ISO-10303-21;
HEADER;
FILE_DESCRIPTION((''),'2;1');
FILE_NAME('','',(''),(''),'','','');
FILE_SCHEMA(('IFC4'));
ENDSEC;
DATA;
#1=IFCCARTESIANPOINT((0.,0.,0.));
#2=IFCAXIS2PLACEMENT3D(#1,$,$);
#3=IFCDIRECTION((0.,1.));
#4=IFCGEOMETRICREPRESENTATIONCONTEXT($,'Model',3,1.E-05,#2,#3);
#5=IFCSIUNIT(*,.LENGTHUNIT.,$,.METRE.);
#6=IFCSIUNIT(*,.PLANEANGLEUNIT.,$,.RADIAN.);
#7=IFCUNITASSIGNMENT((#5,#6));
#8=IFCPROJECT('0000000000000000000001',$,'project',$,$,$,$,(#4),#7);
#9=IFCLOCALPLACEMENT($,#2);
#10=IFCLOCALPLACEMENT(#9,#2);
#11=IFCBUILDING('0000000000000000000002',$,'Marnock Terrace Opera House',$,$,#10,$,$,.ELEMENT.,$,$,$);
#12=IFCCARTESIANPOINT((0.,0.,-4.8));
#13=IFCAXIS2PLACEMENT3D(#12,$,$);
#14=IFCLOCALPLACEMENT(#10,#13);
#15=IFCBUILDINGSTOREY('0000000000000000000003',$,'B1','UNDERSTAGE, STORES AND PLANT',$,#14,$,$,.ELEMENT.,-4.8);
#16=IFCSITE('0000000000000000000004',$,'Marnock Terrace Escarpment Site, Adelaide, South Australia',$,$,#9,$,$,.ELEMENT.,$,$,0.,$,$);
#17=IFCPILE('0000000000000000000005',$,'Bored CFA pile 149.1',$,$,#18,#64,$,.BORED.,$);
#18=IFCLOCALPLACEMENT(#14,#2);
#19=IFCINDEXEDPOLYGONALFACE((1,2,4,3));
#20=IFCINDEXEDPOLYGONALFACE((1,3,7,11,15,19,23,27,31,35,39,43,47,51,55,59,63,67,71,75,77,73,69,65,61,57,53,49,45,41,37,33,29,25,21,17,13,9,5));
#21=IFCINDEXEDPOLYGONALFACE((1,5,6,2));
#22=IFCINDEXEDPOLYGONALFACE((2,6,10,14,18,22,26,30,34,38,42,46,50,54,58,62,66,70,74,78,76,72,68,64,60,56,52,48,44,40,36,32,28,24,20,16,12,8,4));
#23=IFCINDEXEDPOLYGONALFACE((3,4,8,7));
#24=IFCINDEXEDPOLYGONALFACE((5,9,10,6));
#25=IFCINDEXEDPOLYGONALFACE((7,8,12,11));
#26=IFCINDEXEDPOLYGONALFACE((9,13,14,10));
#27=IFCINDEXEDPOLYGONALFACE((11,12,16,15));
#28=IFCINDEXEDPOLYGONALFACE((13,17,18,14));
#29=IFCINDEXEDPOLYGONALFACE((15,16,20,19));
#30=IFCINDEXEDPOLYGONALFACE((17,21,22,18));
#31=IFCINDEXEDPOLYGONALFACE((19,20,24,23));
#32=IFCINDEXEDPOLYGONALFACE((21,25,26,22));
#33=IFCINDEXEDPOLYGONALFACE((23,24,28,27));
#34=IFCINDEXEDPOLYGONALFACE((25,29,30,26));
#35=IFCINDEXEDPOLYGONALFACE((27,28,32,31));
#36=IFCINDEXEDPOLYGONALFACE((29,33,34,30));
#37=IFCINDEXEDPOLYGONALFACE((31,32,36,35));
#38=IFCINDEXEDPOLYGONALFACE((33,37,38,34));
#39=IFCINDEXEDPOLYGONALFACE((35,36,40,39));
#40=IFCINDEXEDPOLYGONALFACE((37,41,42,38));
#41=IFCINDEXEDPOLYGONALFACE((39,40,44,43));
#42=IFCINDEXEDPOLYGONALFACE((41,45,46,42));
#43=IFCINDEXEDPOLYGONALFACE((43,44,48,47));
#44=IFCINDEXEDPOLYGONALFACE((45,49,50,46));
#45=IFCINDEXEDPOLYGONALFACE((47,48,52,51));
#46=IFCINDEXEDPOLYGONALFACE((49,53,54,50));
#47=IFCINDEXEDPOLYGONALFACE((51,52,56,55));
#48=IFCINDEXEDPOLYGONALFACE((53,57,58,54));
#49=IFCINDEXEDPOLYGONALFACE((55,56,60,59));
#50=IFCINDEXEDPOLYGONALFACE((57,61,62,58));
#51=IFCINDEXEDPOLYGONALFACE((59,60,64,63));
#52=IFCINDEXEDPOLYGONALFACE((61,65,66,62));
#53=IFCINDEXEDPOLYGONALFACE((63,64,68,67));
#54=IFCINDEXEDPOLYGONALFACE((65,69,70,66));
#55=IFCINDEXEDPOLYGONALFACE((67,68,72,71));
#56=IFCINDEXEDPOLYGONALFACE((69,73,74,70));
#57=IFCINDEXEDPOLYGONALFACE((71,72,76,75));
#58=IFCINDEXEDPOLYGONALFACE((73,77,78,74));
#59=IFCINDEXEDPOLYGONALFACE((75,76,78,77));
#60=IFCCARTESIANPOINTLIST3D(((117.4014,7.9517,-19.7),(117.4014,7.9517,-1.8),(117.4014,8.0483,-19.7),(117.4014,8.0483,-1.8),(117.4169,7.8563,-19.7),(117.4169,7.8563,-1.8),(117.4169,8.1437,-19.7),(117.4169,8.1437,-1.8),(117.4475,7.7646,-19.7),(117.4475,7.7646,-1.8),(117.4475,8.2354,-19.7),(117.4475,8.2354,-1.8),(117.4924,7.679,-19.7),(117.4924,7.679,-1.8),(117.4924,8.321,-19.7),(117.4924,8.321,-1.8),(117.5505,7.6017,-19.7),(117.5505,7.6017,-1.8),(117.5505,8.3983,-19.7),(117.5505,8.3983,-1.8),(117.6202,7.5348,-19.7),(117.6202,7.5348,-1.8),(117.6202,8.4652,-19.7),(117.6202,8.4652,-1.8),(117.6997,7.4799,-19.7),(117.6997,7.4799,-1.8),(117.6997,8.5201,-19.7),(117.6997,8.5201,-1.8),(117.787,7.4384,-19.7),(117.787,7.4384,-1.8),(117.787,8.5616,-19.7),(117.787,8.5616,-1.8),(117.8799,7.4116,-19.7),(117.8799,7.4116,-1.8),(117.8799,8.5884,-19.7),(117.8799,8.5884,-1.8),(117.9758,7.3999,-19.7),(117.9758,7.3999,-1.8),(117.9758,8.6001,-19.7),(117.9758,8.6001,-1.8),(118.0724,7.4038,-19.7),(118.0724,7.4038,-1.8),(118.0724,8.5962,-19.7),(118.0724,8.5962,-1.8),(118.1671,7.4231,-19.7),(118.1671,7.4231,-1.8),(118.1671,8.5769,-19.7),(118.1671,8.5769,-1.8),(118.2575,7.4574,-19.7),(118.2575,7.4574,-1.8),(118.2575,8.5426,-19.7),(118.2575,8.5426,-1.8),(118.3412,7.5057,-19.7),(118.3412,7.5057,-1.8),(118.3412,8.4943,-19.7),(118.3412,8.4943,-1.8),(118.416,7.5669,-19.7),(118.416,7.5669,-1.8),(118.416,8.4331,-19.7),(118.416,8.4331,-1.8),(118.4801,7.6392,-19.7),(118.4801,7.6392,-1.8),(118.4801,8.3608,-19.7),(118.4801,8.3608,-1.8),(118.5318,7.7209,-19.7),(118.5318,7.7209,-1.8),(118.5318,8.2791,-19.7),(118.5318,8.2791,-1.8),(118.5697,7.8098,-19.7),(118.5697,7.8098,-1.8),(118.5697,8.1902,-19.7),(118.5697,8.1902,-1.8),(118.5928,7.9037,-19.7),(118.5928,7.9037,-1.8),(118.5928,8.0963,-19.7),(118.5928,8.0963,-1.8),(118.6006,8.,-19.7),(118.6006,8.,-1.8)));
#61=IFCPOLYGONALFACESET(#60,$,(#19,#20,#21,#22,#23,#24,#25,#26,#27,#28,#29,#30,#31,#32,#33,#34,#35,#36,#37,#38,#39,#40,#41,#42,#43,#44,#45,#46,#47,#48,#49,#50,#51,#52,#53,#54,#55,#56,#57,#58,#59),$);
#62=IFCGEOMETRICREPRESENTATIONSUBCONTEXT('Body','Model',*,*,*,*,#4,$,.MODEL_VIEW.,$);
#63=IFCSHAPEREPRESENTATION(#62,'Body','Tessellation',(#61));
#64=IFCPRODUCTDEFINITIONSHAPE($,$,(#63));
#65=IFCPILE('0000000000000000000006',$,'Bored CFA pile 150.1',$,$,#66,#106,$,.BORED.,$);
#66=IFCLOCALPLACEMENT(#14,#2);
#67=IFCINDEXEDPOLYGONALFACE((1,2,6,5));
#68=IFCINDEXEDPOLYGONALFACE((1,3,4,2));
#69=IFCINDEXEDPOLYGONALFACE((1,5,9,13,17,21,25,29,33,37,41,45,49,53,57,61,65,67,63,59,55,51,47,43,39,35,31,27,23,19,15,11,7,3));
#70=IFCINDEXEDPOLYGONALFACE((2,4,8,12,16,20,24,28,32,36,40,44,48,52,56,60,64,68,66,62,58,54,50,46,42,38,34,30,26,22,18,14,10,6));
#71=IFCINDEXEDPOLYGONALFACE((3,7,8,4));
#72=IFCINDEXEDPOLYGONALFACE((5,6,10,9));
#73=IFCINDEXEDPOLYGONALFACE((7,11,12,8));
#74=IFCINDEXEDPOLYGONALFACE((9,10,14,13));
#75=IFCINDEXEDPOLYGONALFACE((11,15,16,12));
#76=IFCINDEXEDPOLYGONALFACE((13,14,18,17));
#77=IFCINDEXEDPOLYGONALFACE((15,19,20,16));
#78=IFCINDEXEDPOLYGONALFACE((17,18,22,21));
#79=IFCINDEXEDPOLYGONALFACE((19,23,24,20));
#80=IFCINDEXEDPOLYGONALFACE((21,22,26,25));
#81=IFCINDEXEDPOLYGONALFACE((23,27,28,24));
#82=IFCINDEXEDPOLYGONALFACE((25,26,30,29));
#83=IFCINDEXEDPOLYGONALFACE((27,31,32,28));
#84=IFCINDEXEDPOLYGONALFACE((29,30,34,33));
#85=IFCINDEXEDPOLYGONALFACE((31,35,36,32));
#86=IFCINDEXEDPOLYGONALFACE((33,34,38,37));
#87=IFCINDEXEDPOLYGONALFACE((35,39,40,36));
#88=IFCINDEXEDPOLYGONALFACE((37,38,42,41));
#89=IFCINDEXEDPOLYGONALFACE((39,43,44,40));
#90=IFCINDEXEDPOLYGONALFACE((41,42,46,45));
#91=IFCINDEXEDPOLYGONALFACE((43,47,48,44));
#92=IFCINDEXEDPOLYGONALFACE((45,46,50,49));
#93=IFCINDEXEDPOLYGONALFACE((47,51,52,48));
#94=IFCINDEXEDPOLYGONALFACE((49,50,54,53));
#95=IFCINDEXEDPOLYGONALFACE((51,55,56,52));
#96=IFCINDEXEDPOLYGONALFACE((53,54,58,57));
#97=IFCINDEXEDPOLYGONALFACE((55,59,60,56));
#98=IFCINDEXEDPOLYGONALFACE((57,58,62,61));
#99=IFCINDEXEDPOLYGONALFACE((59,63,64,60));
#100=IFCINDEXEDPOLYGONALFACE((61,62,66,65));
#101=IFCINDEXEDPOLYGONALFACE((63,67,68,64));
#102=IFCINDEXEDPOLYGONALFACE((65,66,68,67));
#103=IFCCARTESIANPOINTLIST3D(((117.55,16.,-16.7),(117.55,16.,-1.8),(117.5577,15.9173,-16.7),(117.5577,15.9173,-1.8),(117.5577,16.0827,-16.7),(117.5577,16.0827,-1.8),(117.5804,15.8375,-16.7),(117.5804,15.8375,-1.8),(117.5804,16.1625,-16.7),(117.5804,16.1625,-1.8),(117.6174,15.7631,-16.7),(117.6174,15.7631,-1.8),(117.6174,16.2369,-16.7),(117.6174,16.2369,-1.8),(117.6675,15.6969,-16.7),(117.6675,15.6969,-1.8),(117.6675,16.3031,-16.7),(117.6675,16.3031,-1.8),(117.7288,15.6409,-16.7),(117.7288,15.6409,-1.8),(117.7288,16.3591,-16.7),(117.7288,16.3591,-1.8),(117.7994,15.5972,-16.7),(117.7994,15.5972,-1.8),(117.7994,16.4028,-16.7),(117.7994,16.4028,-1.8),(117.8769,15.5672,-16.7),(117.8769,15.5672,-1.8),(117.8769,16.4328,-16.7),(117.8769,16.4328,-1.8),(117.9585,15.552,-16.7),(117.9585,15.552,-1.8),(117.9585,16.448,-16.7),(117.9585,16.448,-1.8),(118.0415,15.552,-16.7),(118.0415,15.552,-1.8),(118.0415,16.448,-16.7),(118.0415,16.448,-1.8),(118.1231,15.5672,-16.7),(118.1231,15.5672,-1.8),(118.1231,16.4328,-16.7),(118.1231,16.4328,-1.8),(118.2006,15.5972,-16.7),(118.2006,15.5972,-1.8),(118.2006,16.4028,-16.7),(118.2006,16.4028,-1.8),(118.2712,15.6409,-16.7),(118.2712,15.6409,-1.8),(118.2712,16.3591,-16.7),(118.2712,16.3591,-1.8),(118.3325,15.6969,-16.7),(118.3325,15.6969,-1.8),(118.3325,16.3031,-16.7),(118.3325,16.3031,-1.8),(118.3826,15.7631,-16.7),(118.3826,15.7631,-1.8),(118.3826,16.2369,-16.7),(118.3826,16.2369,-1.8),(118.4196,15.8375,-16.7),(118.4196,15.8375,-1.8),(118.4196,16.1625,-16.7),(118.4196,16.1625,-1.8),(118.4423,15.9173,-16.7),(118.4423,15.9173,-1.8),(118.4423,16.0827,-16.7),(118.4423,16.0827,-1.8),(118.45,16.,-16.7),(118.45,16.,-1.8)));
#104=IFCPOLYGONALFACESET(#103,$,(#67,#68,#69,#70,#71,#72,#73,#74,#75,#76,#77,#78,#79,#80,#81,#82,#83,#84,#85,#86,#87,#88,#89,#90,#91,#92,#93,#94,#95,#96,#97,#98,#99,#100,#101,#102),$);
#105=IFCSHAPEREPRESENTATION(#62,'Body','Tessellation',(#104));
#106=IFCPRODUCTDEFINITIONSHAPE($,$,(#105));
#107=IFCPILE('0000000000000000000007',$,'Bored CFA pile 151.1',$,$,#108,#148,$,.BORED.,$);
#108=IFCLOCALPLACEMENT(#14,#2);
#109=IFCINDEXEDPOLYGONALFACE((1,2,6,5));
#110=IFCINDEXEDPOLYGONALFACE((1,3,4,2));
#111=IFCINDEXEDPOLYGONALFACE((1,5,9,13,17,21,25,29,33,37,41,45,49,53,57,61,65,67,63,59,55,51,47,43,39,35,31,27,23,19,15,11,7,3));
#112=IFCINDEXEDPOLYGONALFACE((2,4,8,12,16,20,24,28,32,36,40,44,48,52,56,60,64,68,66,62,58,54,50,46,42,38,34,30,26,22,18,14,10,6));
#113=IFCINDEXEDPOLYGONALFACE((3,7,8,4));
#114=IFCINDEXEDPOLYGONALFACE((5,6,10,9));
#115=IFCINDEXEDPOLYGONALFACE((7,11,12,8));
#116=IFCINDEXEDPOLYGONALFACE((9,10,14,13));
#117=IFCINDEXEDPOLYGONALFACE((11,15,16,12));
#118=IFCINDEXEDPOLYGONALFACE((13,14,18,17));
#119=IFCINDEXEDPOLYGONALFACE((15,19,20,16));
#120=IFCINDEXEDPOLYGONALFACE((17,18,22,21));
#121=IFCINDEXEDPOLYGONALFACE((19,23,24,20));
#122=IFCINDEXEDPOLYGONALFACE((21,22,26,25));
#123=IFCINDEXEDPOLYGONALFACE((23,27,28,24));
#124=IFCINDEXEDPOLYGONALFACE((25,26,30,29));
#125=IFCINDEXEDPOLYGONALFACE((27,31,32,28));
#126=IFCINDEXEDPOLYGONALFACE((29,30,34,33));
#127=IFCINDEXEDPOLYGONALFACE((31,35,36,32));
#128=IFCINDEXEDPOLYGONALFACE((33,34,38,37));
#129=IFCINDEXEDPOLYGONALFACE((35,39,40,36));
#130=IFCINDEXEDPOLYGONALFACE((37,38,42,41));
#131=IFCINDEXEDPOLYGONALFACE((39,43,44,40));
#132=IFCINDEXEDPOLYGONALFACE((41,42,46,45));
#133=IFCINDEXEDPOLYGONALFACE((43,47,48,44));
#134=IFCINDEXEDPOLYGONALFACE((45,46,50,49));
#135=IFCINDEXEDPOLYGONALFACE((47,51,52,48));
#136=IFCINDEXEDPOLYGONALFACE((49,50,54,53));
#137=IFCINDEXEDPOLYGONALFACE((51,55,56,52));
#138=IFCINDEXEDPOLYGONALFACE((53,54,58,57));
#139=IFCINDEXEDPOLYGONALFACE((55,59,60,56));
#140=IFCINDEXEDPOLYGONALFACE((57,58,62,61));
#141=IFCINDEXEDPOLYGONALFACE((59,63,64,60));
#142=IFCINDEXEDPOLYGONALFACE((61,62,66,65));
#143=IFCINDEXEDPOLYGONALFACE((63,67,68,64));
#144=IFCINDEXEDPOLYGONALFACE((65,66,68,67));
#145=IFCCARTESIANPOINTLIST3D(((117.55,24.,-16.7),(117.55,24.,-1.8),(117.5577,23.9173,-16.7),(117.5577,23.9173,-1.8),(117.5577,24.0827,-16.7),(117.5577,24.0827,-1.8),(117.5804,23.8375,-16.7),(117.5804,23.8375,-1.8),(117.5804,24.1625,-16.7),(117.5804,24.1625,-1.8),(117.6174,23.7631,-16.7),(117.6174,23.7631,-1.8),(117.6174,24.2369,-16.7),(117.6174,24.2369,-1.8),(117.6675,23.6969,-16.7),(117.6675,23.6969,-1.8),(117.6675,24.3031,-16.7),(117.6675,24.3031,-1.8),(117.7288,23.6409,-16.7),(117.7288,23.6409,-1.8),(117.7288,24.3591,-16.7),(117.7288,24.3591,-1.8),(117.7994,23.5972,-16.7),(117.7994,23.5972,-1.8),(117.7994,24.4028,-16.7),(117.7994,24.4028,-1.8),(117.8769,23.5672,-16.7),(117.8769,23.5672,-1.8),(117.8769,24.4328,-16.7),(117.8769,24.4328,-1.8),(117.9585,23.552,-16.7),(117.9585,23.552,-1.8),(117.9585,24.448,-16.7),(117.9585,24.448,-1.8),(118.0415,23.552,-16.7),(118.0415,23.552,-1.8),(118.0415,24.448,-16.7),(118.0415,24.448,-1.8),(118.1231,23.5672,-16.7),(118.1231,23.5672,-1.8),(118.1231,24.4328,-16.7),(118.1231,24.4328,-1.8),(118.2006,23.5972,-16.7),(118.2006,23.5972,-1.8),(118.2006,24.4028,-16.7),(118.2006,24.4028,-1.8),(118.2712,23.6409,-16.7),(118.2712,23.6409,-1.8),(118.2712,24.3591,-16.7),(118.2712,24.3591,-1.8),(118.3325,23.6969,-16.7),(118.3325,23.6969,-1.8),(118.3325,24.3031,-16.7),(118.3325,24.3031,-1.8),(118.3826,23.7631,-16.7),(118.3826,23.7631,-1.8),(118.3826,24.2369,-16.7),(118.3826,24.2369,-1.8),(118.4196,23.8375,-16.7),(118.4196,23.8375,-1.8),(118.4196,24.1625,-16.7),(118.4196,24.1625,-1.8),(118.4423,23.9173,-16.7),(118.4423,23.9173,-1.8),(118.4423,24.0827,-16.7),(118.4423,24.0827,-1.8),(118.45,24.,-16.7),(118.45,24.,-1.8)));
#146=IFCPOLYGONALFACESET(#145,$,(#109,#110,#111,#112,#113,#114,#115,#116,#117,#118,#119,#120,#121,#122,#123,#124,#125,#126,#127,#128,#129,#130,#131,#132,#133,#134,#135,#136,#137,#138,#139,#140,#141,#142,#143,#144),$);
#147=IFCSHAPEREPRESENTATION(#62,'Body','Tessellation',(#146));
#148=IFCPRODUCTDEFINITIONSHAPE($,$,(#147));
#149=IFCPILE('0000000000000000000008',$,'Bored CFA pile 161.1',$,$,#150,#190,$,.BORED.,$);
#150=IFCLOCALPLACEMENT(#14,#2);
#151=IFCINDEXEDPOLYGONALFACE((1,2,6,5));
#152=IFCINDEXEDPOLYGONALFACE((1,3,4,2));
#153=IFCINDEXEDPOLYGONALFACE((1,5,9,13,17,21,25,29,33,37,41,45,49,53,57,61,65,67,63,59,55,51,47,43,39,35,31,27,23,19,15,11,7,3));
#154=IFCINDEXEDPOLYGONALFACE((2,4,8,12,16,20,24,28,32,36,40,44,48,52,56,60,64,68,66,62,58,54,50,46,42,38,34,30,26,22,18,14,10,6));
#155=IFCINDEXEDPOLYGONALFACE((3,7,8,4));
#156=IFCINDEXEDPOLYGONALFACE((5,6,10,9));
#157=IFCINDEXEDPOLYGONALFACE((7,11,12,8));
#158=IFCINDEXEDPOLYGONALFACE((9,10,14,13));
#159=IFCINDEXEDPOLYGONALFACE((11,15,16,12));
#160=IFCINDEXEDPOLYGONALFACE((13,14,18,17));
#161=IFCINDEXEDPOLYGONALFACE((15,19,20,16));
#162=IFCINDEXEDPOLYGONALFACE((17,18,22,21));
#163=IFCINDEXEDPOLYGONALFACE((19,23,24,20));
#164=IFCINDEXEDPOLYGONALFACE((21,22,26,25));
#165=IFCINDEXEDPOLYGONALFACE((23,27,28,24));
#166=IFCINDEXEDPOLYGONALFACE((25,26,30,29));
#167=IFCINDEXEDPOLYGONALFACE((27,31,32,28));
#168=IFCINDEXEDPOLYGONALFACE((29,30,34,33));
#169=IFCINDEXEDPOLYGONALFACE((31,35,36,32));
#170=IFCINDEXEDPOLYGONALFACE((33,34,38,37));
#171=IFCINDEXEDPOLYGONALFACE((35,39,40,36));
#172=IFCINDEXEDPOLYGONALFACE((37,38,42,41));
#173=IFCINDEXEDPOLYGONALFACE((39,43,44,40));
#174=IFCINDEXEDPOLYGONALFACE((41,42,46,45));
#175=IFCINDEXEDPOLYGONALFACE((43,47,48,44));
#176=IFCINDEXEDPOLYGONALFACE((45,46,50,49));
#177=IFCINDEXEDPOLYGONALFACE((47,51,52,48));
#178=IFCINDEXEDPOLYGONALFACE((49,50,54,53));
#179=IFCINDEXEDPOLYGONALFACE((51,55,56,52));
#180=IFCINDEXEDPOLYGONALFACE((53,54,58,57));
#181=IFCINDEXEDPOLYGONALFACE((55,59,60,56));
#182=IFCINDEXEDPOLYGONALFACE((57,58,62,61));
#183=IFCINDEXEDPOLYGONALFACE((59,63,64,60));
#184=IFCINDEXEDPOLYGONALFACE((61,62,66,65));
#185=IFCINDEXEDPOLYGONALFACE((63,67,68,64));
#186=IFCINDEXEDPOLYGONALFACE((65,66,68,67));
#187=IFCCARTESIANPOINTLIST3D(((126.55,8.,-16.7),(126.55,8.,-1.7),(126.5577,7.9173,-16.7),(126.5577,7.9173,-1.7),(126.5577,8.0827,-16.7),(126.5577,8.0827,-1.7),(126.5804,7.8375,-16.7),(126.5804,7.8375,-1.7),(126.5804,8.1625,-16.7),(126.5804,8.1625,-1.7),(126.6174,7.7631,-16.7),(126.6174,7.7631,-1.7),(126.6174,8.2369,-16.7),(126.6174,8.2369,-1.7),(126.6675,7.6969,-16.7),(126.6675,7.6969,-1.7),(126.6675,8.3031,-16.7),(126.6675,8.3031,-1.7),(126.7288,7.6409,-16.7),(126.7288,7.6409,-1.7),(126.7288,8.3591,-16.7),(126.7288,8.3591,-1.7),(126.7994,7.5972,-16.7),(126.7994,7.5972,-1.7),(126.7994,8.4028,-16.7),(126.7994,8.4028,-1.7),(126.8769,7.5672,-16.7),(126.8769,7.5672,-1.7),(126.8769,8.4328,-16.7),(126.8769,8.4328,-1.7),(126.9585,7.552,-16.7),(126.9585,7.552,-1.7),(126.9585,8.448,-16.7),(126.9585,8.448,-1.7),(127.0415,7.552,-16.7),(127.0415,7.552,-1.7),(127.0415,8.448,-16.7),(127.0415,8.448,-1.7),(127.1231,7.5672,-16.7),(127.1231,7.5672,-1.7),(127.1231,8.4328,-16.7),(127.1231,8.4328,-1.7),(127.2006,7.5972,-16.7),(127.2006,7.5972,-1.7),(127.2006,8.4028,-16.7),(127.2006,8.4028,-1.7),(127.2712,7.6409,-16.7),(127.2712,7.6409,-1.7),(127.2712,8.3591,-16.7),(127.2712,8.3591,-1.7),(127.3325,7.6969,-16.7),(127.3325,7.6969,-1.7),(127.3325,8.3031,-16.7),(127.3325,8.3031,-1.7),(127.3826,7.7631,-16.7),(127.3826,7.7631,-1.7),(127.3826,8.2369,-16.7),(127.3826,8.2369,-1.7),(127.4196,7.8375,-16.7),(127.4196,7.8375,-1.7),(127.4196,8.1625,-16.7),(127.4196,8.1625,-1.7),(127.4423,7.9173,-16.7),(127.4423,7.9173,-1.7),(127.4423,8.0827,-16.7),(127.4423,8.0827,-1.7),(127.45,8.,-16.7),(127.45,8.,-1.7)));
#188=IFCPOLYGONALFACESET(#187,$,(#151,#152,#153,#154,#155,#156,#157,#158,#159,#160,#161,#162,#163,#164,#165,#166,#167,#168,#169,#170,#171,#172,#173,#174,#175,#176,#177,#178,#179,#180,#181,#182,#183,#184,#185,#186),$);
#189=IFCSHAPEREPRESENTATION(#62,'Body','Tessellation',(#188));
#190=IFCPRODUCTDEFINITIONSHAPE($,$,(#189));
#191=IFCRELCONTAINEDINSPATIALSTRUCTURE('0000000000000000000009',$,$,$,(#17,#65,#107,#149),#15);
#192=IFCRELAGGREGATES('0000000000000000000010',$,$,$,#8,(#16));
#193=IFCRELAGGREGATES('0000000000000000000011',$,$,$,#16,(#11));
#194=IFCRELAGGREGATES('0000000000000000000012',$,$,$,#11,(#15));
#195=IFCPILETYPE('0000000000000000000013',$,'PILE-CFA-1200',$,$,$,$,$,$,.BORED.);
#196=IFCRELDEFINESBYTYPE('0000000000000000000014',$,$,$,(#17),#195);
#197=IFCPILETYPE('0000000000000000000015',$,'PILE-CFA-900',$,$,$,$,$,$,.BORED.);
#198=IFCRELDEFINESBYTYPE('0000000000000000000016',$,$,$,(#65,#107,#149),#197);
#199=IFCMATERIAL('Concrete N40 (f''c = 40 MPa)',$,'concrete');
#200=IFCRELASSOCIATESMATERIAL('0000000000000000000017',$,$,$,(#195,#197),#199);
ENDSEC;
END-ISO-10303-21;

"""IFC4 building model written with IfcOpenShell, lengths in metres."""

from ifc_helpers import new_model, si_unit, direction, frame, origin, origin_2d, place, context, subcontext, project, spatial, circle, extrude, material, material_profile, profile_set, type_object, element, save


model = new_model("IFC4")

# Units and contexts
model_context = context("Model", 3, precision=1e-05, world=origin(), true_north=direction((0.0, 1.0)))
body_context = subcontext(model_context, "Body", "Model", "MODEL_VIEW")
ifc_project = project(units=[si_unit("LENGTHUNIT", "METRE"), si_unit("PLANEANGLEUNIT", "RADIAN")], contexts=[model_context])

# Site, building, storey
site_placement = place(None, origin())
site = spatial("IfcSite", under=ifc_project, at=site_placement, Name="Marnock Terrace Escarpment Site, Adelaide, South Australia", CompositionType="ELEMENT", RefElevation=0.0)
building_placement = place(site_placement, origin())
building = spatial("IfcBuilding", under=site, at=building_placement, Name="Marnock Terrace Opera House", CompositionType="ELEMENT")
storey_placement = place(building_placement, frame((0.0, 0.0, -4.8)))
storey = spatial("IfcBuildingStorey", under=building, at=storey_placement, Name="B1", Description="UNDERSTAGE, STORES AND PLANT", CompositionType="ELEMENT", Elevation=-4.8)

# Shared definitions
ifc_material_1 = material(Name="Concrete N40 (f'c = 40 MPa)", Category="concrete")

# Piles
ifc_material_profile_1 = material_profile(ifc_material_1, circle(Radius=0.6006, at=origin_2d()))
ifc_profile_set_1 = profile_set([ifc_material_profile_1], Name="Concrete N40 (f'c = 40 MPa)")
pile_type_1 = type_object("IfcPileType", Name="PILE-CFA-1200", PredefinedType="BORED", material=ifc_profile_set_1)
pile_placement = place(storey_placement, frame((118.0, 8.0, -1.8), z_axis=(0.0, 0.0, -1.0), x_axis=(1.0, 0.0, 0.0)))
element("IfcPile", 1, at=pile_placement, inside=storey, type_object=pile_type_1, Name="Bored CFA pile 149.1", PredefinedType="BORED", context=body_context, shape_type="SweptSolid", body=[
    extrude(circle(Radius=0.6006, at=origin_2d()), origin(), (0.0, 0.0, 1.0), 17.8999),
])
ifc_material_profile_2 = material_profile(ifc_material_1, circle(Radius=0.45, at=origin_2d()))
ifc_profile_set_2 = profile_set([ifc_material_profile_2], Name="Concrete N40 (f'c = 40 MPa)")
pile_type_2 = type_object("IfcPileType", Name="PILE-CFA-900", PredefinedType="BORED", material=ifc_profile_set_2)
for number, where, z_axis, x_axis, name in (
    (2, (118.0, 16.0, -1.8), (0.0, 0.0, -1.0), (1.0, 0.0, 0.0), "Bored CFA pile 150.1"),
    (3, (118.0, 24.0, -1.8), (0.0, 0.0, -1.0), (1.0, 0.0, 0.0), "Bored CFA pile 151.1"),
):
    element("IfcPile", number, at=place(storey_placement, frame(where, z_axis=z_axis, x_axis=x_axis)), inside=storey, type_object=pile_type_2, Name=name, PredefinedType="BORED", context=body_context, shape_type="SweptSolid", body=[
        extrude(circle(Radius=0.45, at=origin_2d()), origin(), (0.0, 0.0, 1.0), 14.8999),
    ])
for number, where, z_axis, x_axis, name in (
    (4, (127.0, 8.0, -1.7), (0.0, 0.0, -1.0), (1.0, 0.0, 0.0), "Bored CFA pile 161.1"),
):
    element("IfcPile", number, at=place(storey_placement, frame(where, z_axis=z_axis, x_axis=x_axis)), inside=storey, type_object=pile_type_2, Name=name, PredefinedType="BORED", context=body_context, shape_type="SweptSolid", body=[
        extrude(circle(Radius=0.45, at=origin_2d()), origin(), (0.0, 0.0, 1.0), 15.0),
    ])

save(model, "model.ifc")
